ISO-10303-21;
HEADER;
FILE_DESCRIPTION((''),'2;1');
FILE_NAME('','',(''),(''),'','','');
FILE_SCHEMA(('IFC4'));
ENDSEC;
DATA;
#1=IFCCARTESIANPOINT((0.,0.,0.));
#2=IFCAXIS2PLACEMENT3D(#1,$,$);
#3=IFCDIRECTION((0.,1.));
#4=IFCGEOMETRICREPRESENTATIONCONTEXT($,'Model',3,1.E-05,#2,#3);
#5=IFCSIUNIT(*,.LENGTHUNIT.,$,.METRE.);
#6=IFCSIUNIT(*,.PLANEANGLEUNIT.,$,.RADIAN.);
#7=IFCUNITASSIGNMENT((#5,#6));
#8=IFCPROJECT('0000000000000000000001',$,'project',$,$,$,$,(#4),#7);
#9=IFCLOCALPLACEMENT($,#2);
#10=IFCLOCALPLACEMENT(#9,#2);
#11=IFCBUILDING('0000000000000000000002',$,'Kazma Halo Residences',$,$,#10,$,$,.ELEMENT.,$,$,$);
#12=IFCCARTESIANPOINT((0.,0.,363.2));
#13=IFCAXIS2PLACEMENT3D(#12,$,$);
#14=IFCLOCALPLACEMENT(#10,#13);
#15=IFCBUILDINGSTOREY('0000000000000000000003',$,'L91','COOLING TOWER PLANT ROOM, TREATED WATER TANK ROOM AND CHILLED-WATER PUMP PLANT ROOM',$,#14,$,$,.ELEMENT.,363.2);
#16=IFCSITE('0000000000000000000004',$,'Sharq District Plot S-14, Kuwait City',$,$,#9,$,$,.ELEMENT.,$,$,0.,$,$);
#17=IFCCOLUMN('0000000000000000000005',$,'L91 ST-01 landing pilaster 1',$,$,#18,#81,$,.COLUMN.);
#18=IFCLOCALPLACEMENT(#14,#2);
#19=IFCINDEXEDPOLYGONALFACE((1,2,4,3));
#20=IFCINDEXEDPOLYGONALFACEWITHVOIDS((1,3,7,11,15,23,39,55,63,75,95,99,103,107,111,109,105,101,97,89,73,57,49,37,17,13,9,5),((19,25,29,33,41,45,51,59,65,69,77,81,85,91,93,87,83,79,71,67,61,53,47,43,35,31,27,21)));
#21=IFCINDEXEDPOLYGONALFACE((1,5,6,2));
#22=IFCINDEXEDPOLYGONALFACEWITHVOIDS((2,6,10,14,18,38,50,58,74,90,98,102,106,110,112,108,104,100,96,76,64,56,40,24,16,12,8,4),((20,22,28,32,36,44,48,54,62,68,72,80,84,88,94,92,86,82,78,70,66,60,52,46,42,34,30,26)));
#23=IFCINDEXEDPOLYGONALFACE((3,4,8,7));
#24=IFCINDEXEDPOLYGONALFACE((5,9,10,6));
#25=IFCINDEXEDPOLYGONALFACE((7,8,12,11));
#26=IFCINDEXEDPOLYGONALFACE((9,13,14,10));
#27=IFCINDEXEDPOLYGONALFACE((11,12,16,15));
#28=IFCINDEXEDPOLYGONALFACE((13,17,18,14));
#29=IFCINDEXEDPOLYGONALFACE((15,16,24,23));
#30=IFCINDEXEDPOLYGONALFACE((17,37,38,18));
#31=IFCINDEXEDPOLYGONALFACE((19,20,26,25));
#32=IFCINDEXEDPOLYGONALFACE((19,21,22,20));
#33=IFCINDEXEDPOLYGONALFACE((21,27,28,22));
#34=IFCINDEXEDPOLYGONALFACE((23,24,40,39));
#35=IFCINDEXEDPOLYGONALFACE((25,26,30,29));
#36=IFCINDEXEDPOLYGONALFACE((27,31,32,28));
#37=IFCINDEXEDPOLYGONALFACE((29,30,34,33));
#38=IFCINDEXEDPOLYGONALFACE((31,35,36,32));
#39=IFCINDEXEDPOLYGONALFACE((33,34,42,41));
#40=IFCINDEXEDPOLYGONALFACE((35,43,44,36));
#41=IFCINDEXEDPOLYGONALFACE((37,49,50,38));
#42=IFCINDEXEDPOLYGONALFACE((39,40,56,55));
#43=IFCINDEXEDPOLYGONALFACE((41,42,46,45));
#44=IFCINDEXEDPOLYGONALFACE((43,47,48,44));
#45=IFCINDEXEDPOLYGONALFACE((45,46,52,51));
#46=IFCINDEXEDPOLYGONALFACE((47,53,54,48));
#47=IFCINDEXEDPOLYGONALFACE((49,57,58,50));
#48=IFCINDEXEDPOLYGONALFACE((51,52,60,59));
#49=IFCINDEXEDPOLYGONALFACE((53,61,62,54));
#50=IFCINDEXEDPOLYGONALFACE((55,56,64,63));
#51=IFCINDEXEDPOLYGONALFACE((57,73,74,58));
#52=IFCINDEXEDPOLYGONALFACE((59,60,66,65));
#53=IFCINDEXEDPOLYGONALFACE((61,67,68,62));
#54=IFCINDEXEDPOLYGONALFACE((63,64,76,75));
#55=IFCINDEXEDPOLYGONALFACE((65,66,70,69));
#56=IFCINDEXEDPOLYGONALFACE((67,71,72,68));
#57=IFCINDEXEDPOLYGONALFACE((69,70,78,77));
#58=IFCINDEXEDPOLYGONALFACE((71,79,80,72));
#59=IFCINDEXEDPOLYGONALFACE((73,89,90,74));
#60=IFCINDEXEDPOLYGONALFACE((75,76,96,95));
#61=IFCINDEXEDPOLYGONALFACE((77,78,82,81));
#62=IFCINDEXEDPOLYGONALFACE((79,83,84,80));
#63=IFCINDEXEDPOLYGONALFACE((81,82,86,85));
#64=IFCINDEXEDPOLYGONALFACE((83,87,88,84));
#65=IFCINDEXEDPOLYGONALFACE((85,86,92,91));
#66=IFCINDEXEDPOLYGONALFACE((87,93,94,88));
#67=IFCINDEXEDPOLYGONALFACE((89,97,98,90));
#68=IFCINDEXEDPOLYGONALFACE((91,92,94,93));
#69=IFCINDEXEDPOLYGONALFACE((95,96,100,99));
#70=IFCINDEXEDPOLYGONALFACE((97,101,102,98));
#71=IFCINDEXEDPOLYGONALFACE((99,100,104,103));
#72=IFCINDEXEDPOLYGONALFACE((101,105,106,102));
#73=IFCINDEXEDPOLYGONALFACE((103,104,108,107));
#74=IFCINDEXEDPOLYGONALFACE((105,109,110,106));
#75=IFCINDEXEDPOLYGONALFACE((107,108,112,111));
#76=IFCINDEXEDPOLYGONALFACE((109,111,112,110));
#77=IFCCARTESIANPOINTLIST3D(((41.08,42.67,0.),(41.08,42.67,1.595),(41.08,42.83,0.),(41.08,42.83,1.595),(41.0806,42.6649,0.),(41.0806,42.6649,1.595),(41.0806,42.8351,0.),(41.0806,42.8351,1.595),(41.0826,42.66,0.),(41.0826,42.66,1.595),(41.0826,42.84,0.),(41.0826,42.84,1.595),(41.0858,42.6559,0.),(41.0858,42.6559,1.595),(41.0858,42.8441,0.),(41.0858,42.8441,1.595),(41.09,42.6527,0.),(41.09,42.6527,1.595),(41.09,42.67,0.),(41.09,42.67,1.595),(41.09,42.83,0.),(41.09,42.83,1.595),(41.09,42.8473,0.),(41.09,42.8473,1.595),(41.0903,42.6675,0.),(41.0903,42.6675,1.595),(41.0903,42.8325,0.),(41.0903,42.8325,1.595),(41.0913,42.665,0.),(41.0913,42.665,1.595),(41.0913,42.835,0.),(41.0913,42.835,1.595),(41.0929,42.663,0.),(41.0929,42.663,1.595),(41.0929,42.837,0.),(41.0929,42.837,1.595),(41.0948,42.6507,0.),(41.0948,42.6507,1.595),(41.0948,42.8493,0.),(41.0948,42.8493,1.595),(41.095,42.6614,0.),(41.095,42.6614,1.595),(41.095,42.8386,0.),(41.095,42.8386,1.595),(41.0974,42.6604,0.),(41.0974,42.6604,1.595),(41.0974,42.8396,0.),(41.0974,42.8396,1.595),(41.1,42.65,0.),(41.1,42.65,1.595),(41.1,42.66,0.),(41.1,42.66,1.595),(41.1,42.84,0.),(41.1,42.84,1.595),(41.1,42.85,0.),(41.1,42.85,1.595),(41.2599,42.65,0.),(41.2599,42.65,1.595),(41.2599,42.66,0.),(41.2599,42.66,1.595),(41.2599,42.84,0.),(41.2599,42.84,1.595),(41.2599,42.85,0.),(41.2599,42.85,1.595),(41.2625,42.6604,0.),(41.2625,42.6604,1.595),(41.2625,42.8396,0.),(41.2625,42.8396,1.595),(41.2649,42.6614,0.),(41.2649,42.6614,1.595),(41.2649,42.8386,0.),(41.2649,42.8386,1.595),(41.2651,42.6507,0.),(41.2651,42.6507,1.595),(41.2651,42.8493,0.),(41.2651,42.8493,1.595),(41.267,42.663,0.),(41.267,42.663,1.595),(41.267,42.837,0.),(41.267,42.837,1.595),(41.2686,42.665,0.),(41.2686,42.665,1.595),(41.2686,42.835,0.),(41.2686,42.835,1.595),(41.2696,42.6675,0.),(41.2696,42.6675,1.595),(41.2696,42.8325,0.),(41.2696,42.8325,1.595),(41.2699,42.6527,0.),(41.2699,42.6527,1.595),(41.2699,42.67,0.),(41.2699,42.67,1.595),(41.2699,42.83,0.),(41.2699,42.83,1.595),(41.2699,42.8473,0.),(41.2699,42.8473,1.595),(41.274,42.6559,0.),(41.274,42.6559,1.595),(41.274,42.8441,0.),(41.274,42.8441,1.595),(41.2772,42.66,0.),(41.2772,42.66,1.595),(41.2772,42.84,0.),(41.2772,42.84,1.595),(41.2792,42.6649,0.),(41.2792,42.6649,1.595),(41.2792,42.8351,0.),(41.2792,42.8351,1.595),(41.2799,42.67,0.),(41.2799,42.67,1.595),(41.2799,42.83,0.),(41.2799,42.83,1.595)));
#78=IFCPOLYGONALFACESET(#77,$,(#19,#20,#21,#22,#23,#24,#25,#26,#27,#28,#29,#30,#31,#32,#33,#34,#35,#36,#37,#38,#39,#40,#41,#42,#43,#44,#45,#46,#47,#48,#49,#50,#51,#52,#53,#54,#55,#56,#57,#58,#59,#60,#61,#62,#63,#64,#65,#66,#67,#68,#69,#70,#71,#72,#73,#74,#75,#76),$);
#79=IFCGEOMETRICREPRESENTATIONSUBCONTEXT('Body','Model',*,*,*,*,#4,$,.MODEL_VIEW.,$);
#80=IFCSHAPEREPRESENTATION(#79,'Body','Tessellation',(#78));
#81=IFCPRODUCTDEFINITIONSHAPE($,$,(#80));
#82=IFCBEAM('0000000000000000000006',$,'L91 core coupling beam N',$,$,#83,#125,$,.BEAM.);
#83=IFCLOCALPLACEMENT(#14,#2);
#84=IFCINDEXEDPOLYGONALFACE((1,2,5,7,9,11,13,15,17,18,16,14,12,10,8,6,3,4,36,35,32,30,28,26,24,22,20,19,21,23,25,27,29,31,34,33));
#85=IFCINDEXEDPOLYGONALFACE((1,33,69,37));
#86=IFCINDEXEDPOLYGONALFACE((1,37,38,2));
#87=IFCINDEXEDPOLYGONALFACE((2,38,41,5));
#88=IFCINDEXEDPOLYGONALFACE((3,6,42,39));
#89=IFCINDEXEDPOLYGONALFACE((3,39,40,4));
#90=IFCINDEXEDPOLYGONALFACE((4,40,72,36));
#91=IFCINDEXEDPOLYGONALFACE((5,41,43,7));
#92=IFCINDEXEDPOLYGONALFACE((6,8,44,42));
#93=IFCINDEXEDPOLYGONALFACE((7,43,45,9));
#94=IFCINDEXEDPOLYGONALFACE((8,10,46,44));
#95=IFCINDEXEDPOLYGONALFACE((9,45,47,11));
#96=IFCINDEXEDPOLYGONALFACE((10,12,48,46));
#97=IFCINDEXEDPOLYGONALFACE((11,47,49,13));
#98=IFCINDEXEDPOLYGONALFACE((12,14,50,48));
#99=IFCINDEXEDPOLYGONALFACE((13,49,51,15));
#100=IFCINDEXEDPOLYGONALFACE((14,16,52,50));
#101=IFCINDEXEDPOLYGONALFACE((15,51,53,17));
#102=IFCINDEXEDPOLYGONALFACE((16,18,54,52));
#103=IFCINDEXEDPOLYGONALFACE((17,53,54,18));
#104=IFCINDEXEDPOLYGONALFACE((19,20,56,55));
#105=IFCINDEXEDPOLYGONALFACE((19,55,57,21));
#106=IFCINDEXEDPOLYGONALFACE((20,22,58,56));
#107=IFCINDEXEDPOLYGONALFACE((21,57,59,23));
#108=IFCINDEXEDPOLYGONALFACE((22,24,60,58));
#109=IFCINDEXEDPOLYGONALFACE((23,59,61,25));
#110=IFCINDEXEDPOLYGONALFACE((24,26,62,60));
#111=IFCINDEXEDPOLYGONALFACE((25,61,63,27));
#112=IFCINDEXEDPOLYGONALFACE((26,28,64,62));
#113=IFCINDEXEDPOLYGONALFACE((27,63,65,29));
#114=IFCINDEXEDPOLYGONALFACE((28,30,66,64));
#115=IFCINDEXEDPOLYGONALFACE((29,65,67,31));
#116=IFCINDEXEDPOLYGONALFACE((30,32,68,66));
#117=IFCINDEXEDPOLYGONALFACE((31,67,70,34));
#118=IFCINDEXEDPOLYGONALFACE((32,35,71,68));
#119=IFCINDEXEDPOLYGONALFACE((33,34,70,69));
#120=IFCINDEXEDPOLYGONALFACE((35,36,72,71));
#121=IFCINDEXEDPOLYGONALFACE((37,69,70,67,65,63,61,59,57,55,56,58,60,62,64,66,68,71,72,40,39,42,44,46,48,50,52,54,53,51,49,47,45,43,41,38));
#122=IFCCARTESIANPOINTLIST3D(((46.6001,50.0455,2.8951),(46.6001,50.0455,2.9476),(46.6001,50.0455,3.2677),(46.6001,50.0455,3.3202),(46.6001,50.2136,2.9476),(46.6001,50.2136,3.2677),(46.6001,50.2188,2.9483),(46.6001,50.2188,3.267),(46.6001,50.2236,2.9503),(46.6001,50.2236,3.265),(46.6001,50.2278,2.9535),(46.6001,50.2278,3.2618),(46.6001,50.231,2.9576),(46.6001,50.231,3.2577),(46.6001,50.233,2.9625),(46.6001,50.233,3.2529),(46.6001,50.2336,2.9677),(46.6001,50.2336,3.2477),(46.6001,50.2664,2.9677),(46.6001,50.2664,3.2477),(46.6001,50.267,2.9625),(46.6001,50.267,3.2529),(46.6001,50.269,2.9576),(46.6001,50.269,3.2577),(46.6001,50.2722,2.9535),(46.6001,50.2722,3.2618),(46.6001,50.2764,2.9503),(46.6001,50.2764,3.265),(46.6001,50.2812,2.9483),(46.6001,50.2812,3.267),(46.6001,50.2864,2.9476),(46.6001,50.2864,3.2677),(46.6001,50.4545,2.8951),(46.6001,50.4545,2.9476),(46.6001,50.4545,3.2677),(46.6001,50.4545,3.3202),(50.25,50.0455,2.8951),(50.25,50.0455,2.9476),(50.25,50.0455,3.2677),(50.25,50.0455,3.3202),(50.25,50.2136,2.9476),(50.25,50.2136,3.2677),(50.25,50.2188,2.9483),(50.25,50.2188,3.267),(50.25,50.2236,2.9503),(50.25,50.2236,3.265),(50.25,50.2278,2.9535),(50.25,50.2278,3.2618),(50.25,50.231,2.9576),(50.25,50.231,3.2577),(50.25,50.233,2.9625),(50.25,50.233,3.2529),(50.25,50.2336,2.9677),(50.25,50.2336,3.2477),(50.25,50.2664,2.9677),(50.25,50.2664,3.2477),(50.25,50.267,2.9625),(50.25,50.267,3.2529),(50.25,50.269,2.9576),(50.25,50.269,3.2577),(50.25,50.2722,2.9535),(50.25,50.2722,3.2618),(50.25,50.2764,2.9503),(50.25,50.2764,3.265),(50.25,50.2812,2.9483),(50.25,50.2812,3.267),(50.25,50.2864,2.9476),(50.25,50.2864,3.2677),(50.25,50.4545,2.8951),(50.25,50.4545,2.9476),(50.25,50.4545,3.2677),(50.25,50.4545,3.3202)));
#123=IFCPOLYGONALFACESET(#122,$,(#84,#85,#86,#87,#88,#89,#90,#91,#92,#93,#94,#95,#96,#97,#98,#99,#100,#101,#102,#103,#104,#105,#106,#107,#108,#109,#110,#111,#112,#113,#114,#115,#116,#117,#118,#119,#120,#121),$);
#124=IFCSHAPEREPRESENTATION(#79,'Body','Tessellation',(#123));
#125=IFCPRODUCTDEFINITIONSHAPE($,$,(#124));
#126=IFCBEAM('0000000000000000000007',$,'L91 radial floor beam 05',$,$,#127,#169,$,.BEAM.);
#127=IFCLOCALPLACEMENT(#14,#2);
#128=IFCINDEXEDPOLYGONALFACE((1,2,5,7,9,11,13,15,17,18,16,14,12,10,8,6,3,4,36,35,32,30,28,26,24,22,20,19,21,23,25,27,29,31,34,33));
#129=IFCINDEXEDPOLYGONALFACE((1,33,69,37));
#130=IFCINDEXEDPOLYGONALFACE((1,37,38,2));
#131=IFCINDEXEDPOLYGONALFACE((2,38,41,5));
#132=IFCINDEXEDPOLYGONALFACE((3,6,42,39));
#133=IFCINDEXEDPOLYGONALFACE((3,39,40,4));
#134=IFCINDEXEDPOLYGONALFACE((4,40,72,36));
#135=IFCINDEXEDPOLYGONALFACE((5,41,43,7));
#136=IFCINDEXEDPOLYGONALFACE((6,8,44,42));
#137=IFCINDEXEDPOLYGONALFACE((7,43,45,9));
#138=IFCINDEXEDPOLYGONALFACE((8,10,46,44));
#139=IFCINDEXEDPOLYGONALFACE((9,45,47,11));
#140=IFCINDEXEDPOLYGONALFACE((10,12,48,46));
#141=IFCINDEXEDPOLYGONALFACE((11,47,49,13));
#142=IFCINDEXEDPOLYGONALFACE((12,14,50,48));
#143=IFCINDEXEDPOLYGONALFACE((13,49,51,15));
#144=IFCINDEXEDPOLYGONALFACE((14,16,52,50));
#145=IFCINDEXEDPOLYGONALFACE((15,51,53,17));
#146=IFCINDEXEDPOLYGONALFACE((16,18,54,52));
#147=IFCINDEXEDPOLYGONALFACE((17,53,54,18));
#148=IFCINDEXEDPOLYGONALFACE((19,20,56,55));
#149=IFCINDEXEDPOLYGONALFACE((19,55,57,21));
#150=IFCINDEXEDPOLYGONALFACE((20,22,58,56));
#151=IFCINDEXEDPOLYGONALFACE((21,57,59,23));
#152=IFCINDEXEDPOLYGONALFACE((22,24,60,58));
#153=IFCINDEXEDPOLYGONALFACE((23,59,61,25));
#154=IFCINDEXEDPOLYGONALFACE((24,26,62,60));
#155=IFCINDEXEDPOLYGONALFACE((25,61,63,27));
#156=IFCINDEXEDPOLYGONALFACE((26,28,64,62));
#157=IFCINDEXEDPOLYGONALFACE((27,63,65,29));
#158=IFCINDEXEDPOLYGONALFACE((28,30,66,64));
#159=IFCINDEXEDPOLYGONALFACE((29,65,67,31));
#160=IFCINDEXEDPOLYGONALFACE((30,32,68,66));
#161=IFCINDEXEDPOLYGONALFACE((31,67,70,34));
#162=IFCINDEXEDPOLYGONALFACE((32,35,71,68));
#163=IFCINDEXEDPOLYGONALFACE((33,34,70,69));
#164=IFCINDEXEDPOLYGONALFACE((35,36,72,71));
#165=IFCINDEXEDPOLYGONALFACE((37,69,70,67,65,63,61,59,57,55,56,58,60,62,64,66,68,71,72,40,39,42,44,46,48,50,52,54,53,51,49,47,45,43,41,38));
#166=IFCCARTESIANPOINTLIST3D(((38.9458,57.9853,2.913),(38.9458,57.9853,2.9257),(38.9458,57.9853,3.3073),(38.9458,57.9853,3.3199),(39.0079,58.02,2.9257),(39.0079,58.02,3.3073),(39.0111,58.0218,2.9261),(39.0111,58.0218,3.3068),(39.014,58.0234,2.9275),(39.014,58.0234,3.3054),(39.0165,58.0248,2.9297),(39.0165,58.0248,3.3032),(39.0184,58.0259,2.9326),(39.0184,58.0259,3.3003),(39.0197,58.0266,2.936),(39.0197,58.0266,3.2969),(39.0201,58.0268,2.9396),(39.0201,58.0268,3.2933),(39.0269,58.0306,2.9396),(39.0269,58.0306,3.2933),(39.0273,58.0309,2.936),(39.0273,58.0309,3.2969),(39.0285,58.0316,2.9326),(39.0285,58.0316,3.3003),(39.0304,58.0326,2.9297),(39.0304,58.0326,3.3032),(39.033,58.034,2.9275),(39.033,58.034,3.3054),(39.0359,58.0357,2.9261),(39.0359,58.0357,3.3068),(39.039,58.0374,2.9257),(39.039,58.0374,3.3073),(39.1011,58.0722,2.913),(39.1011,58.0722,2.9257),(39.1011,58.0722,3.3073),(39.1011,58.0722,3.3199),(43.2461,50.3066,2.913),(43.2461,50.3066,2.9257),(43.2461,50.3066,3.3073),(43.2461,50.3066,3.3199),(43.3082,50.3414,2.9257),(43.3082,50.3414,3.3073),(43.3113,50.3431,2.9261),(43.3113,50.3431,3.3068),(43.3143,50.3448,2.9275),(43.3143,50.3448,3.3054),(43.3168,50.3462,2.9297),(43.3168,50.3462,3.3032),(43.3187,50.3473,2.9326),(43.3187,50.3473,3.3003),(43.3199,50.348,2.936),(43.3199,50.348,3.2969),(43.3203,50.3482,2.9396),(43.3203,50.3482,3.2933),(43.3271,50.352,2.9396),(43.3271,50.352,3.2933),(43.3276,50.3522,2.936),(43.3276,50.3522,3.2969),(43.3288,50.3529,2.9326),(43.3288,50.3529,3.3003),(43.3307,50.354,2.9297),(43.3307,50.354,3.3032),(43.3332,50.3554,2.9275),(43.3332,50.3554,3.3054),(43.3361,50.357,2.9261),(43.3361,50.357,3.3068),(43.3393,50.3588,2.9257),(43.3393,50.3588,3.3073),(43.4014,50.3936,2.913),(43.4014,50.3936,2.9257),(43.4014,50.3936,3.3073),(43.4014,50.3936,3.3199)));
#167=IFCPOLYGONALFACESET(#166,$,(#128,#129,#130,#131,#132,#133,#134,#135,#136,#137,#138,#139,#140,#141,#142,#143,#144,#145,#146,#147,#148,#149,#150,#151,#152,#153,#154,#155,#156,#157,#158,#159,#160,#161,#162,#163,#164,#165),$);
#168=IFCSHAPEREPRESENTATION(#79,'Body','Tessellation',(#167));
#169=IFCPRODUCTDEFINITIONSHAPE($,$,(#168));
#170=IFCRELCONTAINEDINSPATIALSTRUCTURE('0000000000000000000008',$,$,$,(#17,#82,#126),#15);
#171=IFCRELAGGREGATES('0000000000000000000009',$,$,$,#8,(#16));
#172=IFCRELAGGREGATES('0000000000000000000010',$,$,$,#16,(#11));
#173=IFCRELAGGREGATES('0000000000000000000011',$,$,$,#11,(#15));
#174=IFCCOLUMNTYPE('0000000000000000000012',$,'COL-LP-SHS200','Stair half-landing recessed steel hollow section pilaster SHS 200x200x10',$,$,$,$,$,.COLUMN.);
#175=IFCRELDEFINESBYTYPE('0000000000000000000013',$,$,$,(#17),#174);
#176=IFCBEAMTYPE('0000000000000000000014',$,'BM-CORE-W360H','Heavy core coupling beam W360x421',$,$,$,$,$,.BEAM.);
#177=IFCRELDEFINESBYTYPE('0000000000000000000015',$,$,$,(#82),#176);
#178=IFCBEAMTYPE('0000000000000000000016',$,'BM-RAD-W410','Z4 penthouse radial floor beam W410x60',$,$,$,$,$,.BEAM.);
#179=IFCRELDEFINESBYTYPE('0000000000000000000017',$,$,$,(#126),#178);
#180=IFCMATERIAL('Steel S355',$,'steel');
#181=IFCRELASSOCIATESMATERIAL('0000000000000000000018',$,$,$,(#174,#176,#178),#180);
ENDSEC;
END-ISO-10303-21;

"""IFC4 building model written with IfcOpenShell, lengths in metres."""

from ifc_helpers import new_model, si_unit, direction, frame, origin, origin_2d, place, context, subcontext, project, spatial, hollow_rectangle, i_section, extrude, material, material_profile, profile_set, type_object, element, save


model = new_model("IFC4")

# Units and contexts
model_context = context("Model", 3, precision=1e-05, world=origin(), true_north=direction((0.0, 1.0)))
body_context = subcontext(model_context, "Body", "Model", "MODEL_VIEW")
ifc_project = project(units=[si_unit("LENGTHUNIT", "METRE"), si_unit("PLANEANGLEUNIT", "RADIAN")], contexts=[model_context])

# Site, building, storey
site_placement = place(None, origin())
site = spatial("IfcSite", under=ifc_project, at=site_placement, Name="Sharq District Plot S-14, Kuwait City", CompositionType="ELEMENT", RefElevation=0.0)
building_placement = place(site_placement, origin())
building = spatial("IfcBuilding", under=site, at=building_placement, Name="Kazma Halo Residences", CompositionType="ELEMENT")
storey_placement = place(building_placement, frame((0.0, 0.0, 363.2)))
storey = spatial("IfcBuildingStorey", under=building, at=storey_placement, Name="L91", Description="COOLING TOWER PLANT ROOM, TREATED WATER TANK ROOM AND CHILLED-WATER PUMP PLANT ROOM", CompositionType="ELEMENT", Elevation=363.2)

# Column
ifc_material_1 = material(Name="Steel S355", Category="steel")
ifc_material_profile_1 = material_profile(ifc_material_1, hollow_rectangle(XDim=0.2, YDim=0.2, WallThickness=0.01, InnerFilletRadius=0.01, OuterFilletRadius=0.02, at=origin_2d()), Name="SHS200x200x10")
ifc_profile_set_1 = profile_set([ifc_material_profile_1], Name="Steel S355")
column_type_1 = type_object("IfcColumnType", Name="COL-LP-SHS200", Description="Stair half-landing recessed steel hollow section pilaster SHS 200x200x10", PredefinedType="COLUMN", material=ifc_profile_set_1)
column_placement = place(storey_placement, frame((41.1799, 42.75, 0.0), z_axis=(0.0, 0.0, 1.0), x_axis=(1.0, 0.0, 0.0)))
element("IfcColumn", 1, at=column_placement, inside=storey, type_object=column_type_1, Name="L91 ST-01 landing pilaster 1", PredefinedType="COLUMN", context=body_context, shape_type="SweptSolid", body=[
    extrude(hollow_rectangle(XDim=0.2, YDim=0.2, WallThickness=0.01, InnerFilletRadius=0.01, OuterFilletRadius=0.02, at=origin_2d()), origin(), (0.0, 0.0, 1.0), 1.595),
])

# Beams
ifc_material_profile_2 = material_profile(ifc_material_1, i_section(OverallWidth=0.4089, OverallDepth=0.425, WebThickness=0.0327, FlangeThickness=0.0525, FilletRadius=0.02, at=origin_2d()), Name="W360x421")
ifc_profile_set_2 = profile_set([ifc_material_profile_2], Name="Steel S355")
beam_type_1 = type_object("IfcBeamType", Name="BM-CORE-W360H", Description="Heavy core coupling beam W360x421", PredefinedType="BEAM", material=ifc_profile_set_2)
beam_1_placement = place(storey_placement, frame((46.6001, 50.25, 3.1077), z_axis=(1.0, 0.0, 0.0), x_axis=(0.0, 1.0, 0.0)))
element("IfcBeam", 2, at=beam_1_placement, inside=storey, type_object=beam_type_1, Name="L91 core coupling beam N", PredefinedType="BEAM", context=body_context, shape_type="SweptSolid", body=[
    extrude(i_section(OverallWidth=0.4089, OverallDepth=0.425, WebThickness=0.0327, FlangeThickness=0.0525, FilletRadius=0.02, at=origin_2d()), origin(), (0.0, 0.0, 1.0), 3.6499),
])
ifc_material_profile_3 = material_profile(ifc_material_1, i_section(OverallWidth=0.178, OverallDepth=0.407, WebThickness=0.0078, FlangeThickness=0.0127, FilletRadius=0.0139, at=origin_2d()), Name="W410x60")
ifc_profile_set_3 = profile_set([ifc_material_profile_3], Name="Steel S355")
beam_type_2 = type_object("IfcBeamType", Name="BM-RAD-W410", Description="Z4 penthouse radial floor beam W410x60", PredefinedType="BEAM", material=ifc_profile_set_3)
beam_2_placement = place(storey_placement, frame((43.3237, 50.3501, 3.1165), z_axis=(-0.488622, 0.872496, 0.0), x_axis=(-0.872496, -0.488622, 0.0)))
element("IfcBeam", 3, at=beam_2_placement, inside=storey, type_object=beam_type_2, Name="L91 radial floor beam 05", PredefinedType="BEAM", context=body_context, shape_type="SweptSolid", body=[
    extrude(i_section(OverallWidth=0.178, OverallDepth=0.407, WebThickness=0.0078, FlangeThickness=0.0127, FilletRadius=0.0139, at=origin_2d()), origin(), (0.0, 0.0, 1.0), 8.8008),
])

save(model, "model.ifc")
